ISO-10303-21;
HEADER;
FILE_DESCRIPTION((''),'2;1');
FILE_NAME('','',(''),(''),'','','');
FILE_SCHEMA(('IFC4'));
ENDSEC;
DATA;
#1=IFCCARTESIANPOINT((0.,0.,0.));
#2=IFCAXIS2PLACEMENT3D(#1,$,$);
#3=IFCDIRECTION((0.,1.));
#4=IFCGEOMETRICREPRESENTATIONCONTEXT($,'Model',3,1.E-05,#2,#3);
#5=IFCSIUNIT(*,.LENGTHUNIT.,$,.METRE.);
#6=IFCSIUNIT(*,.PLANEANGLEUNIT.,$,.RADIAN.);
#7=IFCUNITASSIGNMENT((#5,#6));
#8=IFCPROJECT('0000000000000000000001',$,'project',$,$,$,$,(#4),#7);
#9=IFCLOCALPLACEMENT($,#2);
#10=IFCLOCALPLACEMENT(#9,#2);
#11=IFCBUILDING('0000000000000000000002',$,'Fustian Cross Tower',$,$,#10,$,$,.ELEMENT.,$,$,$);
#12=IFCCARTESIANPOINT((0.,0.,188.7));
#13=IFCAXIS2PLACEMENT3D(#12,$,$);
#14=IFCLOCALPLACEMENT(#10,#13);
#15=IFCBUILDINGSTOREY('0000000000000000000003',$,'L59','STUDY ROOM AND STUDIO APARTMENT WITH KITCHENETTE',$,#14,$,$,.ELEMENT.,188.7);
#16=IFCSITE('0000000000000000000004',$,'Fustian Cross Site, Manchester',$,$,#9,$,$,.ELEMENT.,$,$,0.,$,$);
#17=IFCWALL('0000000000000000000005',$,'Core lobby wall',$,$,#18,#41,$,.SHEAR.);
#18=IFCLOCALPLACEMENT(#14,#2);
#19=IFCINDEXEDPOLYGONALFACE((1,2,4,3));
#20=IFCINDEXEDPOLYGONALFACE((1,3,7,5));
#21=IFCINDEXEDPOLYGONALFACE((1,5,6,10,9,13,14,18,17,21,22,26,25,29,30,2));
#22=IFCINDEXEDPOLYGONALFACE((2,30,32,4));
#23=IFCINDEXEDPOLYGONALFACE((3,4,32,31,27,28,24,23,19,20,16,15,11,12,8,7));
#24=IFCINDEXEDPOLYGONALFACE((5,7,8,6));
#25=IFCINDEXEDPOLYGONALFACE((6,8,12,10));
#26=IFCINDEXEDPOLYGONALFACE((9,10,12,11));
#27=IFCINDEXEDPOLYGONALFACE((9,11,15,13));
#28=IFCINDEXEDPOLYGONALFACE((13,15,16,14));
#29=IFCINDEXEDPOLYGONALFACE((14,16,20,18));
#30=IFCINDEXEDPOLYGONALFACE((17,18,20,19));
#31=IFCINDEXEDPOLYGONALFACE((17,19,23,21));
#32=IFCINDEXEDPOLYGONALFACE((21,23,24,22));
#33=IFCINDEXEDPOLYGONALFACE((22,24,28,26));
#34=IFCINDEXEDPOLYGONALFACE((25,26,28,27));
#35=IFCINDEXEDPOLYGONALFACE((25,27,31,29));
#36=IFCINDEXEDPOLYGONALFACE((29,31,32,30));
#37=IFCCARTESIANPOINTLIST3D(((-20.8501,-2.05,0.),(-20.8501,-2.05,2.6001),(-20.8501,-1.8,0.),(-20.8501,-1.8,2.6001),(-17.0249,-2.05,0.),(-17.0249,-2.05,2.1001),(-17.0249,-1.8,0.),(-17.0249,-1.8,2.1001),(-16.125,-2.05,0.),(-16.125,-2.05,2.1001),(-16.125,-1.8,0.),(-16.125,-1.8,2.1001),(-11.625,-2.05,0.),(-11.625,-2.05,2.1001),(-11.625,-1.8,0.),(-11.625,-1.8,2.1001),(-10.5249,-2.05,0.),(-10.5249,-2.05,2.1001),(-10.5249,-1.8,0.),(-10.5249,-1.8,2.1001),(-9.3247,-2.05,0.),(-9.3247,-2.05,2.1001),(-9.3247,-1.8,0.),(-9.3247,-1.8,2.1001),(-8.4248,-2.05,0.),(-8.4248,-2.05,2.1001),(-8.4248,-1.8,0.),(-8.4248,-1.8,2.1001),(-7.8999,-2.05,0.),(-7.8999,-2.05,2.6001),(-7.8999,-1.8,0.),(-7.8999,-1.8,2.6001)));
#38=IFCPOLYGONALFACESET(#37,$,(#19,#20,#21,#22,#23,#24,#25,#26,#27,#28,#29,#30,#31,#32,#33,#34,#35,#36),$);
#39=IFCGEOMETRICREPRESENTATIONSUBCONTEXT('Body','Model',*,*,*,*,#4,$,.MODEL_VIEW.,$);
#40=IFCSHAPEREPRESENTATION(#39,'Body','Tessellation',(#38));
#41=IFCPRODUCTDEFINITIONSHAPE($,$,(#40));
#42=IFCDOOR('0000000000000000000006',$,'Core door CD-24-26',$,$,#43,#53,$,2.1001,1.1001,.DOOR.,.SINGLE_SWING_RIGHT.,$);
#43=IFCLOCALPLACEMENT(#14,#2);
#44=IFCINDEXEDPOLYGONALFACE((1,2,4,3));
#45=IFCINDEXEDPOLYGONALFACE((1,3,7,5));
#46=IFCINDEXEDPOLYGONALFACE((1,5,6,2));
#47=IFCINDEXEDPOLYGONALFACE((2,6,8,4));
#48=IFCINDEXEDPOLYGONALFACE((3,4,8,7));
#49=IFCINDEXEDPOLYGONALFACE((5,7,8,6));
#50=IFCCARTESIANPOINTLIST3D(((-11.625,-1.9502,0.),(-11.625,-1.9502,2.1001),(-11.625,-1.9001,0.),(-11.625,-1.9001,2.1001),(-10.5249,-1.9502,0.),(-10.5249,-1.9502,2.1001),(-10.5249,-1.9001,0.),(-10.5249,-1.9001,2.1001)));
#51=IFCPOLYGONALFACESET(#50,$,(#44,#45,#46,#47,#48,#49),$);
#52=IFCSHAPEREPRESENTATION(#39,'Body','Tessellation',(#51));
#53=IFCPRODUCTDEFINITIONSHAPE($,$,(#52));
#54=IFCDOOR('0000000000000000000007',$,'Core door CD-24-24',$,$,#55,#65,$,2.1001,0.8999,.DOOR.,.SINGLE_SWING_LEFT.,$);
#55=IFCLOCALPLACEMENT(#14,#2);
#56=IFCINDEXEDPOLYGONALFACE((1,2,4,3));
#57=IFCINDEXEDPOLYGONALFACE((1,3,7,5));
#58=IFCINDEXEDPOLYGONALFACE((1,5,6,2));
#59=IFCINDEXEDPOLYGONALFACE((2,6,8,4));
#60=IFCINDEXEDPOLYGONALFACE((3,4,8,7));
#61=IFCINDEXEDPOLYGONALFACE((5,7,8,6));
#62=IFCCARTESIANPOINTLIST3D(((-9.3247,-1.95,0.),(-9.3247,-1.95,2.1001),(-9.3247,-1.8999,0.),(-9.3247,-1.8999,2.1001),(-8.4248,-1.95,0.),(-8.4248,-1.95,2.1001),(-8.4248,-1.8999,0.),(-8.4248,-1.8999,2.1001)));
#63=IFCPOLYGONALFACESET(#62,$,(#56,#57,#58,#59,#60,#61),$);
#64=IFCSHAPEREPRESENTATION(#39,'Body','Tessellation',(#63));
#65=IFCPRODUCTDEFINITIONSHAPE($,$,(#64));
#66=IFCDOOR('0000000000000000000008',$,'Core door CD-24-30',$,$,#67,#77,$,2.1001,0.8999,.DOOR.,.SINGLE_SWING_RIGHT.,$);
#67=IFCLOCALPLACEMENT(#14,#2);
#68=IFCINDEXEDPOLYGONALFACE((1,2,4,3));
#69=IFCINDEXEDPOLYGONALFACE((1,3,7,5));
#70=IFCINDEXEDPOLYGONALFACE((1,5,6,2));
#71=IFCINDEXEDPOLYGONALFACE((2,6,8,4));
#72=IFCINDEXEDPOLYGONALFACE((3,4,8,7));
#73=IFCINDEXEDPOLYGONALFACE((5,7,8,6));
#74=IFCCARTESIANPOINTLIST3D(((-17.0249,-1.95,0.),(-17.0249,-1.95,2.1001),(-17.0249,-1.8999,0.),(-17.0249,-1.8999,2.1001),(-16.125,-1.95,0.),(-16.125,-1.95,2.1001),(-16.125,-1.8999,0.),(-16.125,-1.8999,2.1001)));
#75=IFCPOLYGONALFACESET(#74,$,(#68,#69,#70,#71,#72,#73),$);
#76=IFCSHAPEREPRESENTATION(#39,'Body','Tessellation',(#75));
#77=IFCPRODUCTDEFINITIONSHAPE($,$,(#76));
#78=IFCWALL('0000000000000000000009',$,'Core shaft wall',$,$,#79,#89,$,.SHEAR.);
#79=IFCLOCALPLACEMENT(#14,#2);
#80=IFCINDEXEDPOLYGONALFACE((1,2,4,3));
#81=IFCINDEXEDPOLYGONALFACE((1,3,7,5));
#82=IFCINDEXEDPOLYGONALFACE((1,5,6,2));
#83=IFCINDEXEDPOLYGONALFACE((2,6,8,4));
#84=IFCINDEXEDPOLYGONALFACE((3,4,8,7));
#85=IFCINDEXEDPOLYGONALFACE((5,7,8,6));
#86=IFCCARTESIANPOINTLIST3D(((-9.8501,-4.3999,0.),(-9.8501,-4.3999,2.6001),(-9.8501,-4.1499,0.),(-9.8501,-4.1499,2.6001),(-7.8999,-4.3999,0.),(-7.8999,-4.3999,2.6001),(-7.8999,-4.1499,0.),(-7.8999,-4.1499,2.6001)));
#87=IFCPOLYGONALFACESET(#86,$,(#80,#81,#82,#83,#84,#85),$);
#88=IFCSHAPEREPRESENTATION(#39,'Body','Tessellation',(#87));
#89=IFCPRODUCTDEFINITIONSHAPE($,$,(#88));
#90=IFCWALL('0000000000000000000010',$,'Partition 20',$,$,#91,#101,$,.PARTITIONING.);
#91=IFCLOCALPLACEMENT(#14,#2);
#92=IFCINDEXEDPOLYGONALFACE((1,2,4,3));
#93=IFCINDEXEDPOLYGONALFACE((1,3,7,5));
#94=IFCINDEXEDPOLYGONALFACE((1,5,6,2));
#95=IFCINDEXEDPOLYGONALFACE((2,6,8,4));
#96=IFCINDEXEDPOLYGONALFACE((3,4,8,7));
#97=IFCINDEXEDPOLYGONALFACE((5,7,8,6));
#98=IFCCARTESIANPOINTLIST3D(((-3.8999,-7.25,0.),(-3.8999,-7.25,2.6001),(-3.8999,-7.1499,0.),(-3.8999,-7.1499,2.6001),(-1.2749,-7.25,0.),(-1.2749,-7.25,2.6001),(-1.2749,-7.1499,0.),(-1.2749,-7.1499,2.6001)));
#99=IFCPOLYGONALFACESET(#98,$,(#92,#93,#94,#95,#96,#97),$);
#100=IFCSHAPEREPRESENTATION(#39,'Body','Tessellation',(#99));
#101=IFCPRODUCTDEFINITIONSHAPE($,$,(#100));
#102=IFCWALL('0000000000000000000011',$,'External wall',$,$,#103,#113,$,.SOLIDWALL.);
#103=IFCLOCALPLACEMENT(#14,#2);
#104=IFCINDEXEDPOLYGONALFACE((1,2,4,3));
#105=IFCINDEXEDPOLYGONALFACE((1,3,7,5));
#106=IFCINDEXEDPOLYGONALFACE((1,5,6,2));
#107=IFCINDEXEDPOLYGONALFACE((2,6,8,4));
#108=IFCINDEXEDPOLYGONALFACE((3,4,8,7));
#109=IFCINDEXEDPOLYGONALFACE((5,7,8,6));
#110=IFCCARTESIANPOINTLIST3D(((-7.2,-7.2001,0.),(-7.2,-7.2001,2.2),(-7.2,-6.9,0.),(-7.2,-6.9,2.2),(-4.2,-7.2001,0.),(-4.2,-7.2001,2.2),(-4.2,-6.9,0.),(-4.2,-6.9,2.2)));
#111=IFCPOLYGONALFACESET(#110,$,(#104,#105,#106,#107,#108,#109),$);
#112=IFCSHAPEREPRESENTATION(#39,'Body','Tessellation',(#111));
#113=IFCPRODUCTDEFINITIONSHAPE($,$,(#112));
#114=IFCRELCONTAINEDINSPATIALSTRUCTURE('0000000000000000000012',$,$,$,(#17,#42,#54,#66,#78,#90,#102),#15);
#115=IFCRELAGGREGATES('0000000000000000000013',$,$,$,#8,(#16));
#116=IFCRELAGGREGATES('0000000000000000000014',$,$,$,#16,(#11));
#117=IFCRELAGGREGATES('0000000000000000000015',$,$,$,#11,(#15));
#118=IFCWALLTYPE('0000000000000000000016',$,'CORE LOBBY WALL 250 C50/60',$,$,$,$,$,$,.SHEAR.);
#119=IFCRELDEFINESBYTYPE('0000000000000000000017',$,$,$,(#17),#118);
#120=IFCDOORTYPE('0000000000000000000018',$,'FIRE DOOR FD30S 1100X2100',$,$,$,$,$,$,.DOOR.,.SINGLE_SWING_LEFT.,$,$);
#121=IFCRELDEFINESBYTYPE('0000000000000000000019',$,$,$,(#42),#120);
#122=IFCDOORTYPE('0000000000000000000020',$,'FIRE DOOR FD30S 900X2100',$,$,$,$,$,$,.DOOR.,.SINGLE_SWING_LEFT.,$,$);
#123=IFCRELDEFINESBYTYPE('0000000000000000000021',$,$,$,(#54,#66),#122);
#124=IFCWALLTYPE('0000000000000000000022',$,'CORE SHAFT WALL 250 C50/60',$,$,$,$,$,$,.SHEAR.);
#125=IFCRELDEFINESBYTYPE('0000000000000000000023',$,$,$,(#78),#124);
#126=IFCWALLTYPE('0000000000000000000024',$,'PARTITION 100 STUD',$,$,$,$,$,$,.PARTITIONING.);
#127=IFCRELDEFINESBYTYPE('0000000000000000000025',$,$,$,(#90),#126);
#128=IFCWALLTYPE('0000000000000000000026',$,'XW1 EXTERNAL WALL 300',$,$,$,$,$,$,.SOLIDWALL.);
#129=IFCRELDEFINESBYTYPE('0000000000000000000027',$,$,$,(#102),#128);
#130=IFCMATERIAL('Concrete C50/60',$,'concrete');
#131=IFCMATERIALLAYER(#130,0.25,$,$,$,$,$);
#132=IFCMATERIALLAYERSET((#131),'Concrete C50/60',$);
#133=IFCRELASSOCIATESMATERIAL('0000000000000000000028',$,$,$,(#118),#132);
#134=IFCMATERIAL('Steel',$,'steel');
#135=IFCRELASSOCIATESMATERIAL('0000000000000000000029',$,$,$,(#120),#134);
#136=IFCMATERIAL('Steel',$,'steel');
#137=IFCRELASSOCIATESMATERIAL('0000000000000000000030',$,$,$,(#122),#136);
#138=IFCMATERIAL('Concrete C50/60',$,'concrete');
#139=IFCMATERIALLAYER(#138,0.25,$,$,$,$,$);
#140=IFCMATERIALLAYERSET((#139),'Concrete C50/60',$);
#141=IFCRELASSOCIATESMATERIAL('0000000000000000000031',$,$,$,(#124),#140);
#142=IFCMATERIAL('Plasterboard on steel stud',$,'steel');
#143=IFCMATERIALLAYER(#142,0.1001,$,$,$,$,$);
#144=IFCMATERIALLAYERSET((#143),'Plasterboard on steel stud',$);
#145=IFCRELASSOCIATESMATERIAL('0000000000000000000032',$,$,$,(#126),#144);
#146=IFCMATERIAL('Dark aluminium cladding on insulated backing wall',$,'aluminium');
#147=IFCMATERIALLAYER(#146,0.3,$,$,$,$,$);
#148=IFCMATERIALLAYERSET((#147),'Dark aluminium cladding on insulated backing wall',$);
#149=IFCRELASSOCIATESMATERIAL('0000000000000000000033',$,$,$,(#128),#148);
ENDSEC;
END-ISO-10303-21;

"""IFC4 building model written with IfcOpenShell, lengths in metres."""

from ifc_helpers import new_model, si_unit, direction, frame, frame_2d, origin, place, context, subcontext, project, spatial, rectangle, extrude, material, layer, layer_set, type_object, element, fill, save


model = new_model("IFC4")

# Units and contexts
model_context = context("Model", 3, precision=1e-05, world=origin(), true_north=direction((0.0, 1.0)))
body_context = subcontext(model_context, "Body", "Model", "MODEL_VIEW")
ifc_project = project(units=[si_unit("LENGTHUNIT", "METRE"), si_unit("PLANEANGLEUNIT", "RADIAN")], contexts=[model_context])

# Site, building, storey
site_placement = place(None, origin())
site = spatial("IfcSite", under=ifc_project, at=site_placement, Name="Fustian Cross Site, Manchester", CompositionType="ELEMENT", RefElevation=0.0)
building_placement = place(site_placement, origin())
building = spatial("IfcBuilding", under=site, at=building_placement, Name="Fustian Cross Tower", CompositionType="ELEMENT")
storey_placement = place(building_placement, frame((0.0, 0.0, 188.7)))
storey = spatial("IfcBuildingStorey", under=building, at=storey_placement, Name="L59", Description="STUDY ROOM AND STUDIO APARTMENT WITH KITCHENETTE", CompositionType="ELEMENT", Elevation=188.7)

# Wall, openings, doors
ifc_material_1 = material(Name="Concrete C50/60", Category="concrete")
ifc_layer_1 = layer(ifc_material_1, 0.25)
ifc_layer_set_1 = layer_set([ifc_layer_1], Name="Concrete C50/60")
wall_type_1 = type_object("IfcWallType", Name="CORE LOBBY WALL 250 C50/60", PredefinedType="SHEAR", material=ifc_layer_set_1)
wall_1_placement = place(storey_placement, frame((-7.8999, -1.925, 0.0), z_axis=(0.0, 0.0, 1.0), x_axis=(-1.0, 0.0, 0.0)))
wall_1 = element("IfcWall", 1, at=wall_1_placement, inside=storey, type_object=wall_type_1, Name="Core lobby wall", PredefinedType="SHEAR", context=body_context, shape_type="SweptSolid", body=[
    extrude(rectangle(XDim=12.9502, YDim=0.25, at=frame_2d((6.4751, 0.0))), origin(), (0.0, 0.0, 1.0), 2.6001),
])
opening_1_placement = place(wall_1_placement, frame((0.5249, 0.0, 0.0)))
opening_1 = element("IfcOpeningElement", 2, at=opening_1_placement, cuts=wall_1, PredefinedType="OPENING", context=body_context, shape_type="SweptSolid", body=[
    extrude(rectangle(XDim=0.8999, YDim=2.1001, at=frame_2d((0.45, 1.05))), frame((0.0, 0.135, 0.0), z_axis=(0.0, -1.0, 0.0), x_axis=(1.0, 0.0, 0.0)), (0.0, 0.0, 1.0), 0.27),
])
opening_2_placement = place(wall_1_placement, frame((2.625, 0.0, 0.0)))
opening_2 = element("IfcOpeningElement", 3, at=opening_2_placement, cuts=wall_1, PredefinedType="OPENING", context=body_context, shape_type="SweptSolid", body=[
    extrude(rectangle(XDim=1.1001, YDim=2.1001, at=frame_2d((0.55, 1.05))), frame((0.0, 0.135, 0.0), z_axis=(0.0, -1.0, 0.0), x_axis=(1.0, 0.0, 0.0)), (0.0, 0.0, 1.0), 0.27),
])
opening_3_placement = place(wall_1_placement, frame((8.2251, 0.0, 0.0)))
opening_3 = element("IfcOpeningElement", 4, at=opening_3_placement, cuts=wall_1, PredefinedType="OPENING", context=body_context, shape_type="SweptSolid", body=[
    extrude(rectangle(XDim=0.8999, YDim=2.1001, at=frame_2d((0.45, 1.05))), frame((0.0, 0.135, 0.0), z_axis=(0.0, -1.0, 0.0), x_axis=(1.0, 0.0, 0.0)), (0.0, 0.0, 1.0), 0.27),
])
ifc_material_2 = material(Name="Steel", Category="steel")
door_type_1 = type_object("IfcDoorType", Name="FIRE DOOR FD30S 1100X2100", OperationType="SINGLE_SWING_LEFT", PredefinedType="DOOR", material=ifc_material_2)
door_1_placement = place(opening_2_placement, frame((1.1001, 0.0, 0.0), z_axis=(0.0, 0.0, 1.0), x_axis=(-1.0, 0.0, 0.0)))
door_1 = element("IfcDoor", 5, at=door_1_placement, inside=storey, type_object=door_type_1, Name="Core door CD-24-26", OperationType="SINGLE_SWING_RIGHT", OverallHeight=2.1001, OverallWidth=1.1001, PredefinedType="DOOR", context=body_context, shape_type="SweptSolid", body=[
    extrude(rectangle(XDim=1.1001, YDim=2.1001, at=frame_2d((0.55, 1.05))), frame((0.0, 0.0249, 0.0), z_axis=(0.0, -1.0, 0.0), x_axis=(1.0, 0.0, 0.0)), (0.0, 0.0, 1.0), 0.05),
])
fill(opening_2, door_1)
ifc_material_3 = material(Name="Steel", Category="steel")
door_type_2 = type_object("IfcDoorType", Name="FIRE DOOR FD30S 900X2100", OperationType="SINGLE_SWING_LEFT", PredefinedType="DOOR", material=ifc_material_3)
door_2_placement = place(opening_1_placement, origin())
door_2 = element("IfcDoor", 6, at=door_2_placement, inside=storey, type_object=door_type_2, Name="Core door CD-24-24", OperationType="SINGLE_SWING_LEFT", OverallHeight=2.1001, OverallWidth=0.8999, PredefinedType="DOOR", context=body_context, shape_type="SweptSolid", body=[
    extrude(rectangle(XDim=0.8999, YDim=2.1001, at=frame_2d((0.45, 1.05))), frame((0.0, 0.0249, 0.0), z_axis=(0.0, -1.0, 0.0), x_axis=(1.0, 0.0, 0.0)), (0.0, 0.0, 1.0), 0.05),
])
fill(opening_1, door_2)
door_3_placement = place(opening_3_placement, origin())
door_3 = element("IfcDoor", 7, at=door_3_placement, inside=storey, type_object=door_type_2, Name="Core door CD-24-30", OperationType="SINGLE_SWING_RIGHT", OverallHeight=2.1001, OverallWidth=0.8999, PredefinedType="DOOR", context=body_context, shape_type="SweptSolid", body=[
    extrude(rectangle(XDim=0.8999, YDim=2.1001, at=frame_2d((0.45, 1.05))), frame((0.0, 0.0249, 0.0), z_axis=(0.0, -1.0, 0.0), x_axis=(1.0, 0.0, 0.0)), (0.0, 0.0, 1.0), 0.05),
])
fill(opening_3, door_3)

# Walls
ifc_material_4 = material(Name="Concrete C50/60", Category="concrete")
ifc_layer_2 = layer(ifc_material_4, 0.25)
ifc_layer_set_2 = layer_set([ifc_layer_2], Name="Concrete C50/60")
wall_type_2 = type_object("IfcWallType", Name="CORE SHAFT WALL 250 C50/60", PredefinedType="SHEAR", material=ifc_layer_set_2)
wall_2_placement = place(storey_placement, frame((-7.8999, -4.2749, 0.0), z_axis=(0.0, 0.0, 1.0), x_axis=(-1.0, 0.0, 0.0)))
element("IfcWall", 8, at=wall_2_placement, inside=storey, type_object=wall_type_2, Name="Core shaft wall", PredefinedType="SHEAR", context=body_context, shape_type="SweptSolid", body=[
    extrude(rectangle(XDim=1.9502, YDim=0.25, at=frame_2d((0.9751, 0.0))), origin(), (0.0, 0.0, 1.0), 2.6001),
])
ifc_material_5 = material(Name="Plasterboard on steel stud", Category="steel")
ifc_layer_3 = layer(ifc_material_5, 0.1001)
ifc_layer_set_3 = layer_set([ifc_layer_3], Name="Plasterboard on steel stud")
wall_type_3 = type_object("IfcWallType", Name="PARTITION 100 STUD", PredefinedType="PARTITIONING", material=ifc_layer_set_3)
wall_3_placement = place(storey_placement, frame((-3.8999, -7.2, 0.0), z_axis=(0.0, 0.0, 1.0), x_axis=(1.0, 0.0, 0.0)))
element("IfcWall", 9, at=wall_3_placement, inside=storey, type_object=wall_type_3, Name="Partition 20", PredefinedType="PARTITIONING", context=body_context, shape_type="SweptSolid", body=[
    extrude(rectangle(XDim=2.625, YDim=0.1001, at=frame_2d((1.3125, 0.0))), origin(), (0.0, 0.0, 1.0), 2.6001),
])
ifc_material_6 = material(Name="Dark aluminium cladding on insulated backing wall", Category="aluminium")
ifc_layer_4 = layer(ifc_material_6, 0.3)
ifc_layer_set_4 = layer_set([ifc_layer_4], Name="Dark aluminium cladding on insulated backing wall")
wall_type_4 = type_object("IfcWallType", Name="XW1 EXTERNAL WALL 300", PredefinedType="SOLIDWALL", material=ifc_layer_set_4)
wall_4_placement = place(storey_placement, frame((-7.2, -7.05, 0.0), z_axis=(0.0, 0.0, 1.0), x_axis=(1.0, 0.0, 0.0)))
element("IfcWall", 10, at=wall_4_placement, inside=storey, type_object=wall_type_4, Name="External wall", PredefinedType="SOLIDWALL", context=body_context, shape_type="SweptSolid", body=[
    extrude(rectangle(XDim=3.0, YDim=0.3, at=frame_2d((1.5, 0.0))), origin(), (0.0, 0.0, 1.0), 2.2),
])

save(model, "model.ifc")
